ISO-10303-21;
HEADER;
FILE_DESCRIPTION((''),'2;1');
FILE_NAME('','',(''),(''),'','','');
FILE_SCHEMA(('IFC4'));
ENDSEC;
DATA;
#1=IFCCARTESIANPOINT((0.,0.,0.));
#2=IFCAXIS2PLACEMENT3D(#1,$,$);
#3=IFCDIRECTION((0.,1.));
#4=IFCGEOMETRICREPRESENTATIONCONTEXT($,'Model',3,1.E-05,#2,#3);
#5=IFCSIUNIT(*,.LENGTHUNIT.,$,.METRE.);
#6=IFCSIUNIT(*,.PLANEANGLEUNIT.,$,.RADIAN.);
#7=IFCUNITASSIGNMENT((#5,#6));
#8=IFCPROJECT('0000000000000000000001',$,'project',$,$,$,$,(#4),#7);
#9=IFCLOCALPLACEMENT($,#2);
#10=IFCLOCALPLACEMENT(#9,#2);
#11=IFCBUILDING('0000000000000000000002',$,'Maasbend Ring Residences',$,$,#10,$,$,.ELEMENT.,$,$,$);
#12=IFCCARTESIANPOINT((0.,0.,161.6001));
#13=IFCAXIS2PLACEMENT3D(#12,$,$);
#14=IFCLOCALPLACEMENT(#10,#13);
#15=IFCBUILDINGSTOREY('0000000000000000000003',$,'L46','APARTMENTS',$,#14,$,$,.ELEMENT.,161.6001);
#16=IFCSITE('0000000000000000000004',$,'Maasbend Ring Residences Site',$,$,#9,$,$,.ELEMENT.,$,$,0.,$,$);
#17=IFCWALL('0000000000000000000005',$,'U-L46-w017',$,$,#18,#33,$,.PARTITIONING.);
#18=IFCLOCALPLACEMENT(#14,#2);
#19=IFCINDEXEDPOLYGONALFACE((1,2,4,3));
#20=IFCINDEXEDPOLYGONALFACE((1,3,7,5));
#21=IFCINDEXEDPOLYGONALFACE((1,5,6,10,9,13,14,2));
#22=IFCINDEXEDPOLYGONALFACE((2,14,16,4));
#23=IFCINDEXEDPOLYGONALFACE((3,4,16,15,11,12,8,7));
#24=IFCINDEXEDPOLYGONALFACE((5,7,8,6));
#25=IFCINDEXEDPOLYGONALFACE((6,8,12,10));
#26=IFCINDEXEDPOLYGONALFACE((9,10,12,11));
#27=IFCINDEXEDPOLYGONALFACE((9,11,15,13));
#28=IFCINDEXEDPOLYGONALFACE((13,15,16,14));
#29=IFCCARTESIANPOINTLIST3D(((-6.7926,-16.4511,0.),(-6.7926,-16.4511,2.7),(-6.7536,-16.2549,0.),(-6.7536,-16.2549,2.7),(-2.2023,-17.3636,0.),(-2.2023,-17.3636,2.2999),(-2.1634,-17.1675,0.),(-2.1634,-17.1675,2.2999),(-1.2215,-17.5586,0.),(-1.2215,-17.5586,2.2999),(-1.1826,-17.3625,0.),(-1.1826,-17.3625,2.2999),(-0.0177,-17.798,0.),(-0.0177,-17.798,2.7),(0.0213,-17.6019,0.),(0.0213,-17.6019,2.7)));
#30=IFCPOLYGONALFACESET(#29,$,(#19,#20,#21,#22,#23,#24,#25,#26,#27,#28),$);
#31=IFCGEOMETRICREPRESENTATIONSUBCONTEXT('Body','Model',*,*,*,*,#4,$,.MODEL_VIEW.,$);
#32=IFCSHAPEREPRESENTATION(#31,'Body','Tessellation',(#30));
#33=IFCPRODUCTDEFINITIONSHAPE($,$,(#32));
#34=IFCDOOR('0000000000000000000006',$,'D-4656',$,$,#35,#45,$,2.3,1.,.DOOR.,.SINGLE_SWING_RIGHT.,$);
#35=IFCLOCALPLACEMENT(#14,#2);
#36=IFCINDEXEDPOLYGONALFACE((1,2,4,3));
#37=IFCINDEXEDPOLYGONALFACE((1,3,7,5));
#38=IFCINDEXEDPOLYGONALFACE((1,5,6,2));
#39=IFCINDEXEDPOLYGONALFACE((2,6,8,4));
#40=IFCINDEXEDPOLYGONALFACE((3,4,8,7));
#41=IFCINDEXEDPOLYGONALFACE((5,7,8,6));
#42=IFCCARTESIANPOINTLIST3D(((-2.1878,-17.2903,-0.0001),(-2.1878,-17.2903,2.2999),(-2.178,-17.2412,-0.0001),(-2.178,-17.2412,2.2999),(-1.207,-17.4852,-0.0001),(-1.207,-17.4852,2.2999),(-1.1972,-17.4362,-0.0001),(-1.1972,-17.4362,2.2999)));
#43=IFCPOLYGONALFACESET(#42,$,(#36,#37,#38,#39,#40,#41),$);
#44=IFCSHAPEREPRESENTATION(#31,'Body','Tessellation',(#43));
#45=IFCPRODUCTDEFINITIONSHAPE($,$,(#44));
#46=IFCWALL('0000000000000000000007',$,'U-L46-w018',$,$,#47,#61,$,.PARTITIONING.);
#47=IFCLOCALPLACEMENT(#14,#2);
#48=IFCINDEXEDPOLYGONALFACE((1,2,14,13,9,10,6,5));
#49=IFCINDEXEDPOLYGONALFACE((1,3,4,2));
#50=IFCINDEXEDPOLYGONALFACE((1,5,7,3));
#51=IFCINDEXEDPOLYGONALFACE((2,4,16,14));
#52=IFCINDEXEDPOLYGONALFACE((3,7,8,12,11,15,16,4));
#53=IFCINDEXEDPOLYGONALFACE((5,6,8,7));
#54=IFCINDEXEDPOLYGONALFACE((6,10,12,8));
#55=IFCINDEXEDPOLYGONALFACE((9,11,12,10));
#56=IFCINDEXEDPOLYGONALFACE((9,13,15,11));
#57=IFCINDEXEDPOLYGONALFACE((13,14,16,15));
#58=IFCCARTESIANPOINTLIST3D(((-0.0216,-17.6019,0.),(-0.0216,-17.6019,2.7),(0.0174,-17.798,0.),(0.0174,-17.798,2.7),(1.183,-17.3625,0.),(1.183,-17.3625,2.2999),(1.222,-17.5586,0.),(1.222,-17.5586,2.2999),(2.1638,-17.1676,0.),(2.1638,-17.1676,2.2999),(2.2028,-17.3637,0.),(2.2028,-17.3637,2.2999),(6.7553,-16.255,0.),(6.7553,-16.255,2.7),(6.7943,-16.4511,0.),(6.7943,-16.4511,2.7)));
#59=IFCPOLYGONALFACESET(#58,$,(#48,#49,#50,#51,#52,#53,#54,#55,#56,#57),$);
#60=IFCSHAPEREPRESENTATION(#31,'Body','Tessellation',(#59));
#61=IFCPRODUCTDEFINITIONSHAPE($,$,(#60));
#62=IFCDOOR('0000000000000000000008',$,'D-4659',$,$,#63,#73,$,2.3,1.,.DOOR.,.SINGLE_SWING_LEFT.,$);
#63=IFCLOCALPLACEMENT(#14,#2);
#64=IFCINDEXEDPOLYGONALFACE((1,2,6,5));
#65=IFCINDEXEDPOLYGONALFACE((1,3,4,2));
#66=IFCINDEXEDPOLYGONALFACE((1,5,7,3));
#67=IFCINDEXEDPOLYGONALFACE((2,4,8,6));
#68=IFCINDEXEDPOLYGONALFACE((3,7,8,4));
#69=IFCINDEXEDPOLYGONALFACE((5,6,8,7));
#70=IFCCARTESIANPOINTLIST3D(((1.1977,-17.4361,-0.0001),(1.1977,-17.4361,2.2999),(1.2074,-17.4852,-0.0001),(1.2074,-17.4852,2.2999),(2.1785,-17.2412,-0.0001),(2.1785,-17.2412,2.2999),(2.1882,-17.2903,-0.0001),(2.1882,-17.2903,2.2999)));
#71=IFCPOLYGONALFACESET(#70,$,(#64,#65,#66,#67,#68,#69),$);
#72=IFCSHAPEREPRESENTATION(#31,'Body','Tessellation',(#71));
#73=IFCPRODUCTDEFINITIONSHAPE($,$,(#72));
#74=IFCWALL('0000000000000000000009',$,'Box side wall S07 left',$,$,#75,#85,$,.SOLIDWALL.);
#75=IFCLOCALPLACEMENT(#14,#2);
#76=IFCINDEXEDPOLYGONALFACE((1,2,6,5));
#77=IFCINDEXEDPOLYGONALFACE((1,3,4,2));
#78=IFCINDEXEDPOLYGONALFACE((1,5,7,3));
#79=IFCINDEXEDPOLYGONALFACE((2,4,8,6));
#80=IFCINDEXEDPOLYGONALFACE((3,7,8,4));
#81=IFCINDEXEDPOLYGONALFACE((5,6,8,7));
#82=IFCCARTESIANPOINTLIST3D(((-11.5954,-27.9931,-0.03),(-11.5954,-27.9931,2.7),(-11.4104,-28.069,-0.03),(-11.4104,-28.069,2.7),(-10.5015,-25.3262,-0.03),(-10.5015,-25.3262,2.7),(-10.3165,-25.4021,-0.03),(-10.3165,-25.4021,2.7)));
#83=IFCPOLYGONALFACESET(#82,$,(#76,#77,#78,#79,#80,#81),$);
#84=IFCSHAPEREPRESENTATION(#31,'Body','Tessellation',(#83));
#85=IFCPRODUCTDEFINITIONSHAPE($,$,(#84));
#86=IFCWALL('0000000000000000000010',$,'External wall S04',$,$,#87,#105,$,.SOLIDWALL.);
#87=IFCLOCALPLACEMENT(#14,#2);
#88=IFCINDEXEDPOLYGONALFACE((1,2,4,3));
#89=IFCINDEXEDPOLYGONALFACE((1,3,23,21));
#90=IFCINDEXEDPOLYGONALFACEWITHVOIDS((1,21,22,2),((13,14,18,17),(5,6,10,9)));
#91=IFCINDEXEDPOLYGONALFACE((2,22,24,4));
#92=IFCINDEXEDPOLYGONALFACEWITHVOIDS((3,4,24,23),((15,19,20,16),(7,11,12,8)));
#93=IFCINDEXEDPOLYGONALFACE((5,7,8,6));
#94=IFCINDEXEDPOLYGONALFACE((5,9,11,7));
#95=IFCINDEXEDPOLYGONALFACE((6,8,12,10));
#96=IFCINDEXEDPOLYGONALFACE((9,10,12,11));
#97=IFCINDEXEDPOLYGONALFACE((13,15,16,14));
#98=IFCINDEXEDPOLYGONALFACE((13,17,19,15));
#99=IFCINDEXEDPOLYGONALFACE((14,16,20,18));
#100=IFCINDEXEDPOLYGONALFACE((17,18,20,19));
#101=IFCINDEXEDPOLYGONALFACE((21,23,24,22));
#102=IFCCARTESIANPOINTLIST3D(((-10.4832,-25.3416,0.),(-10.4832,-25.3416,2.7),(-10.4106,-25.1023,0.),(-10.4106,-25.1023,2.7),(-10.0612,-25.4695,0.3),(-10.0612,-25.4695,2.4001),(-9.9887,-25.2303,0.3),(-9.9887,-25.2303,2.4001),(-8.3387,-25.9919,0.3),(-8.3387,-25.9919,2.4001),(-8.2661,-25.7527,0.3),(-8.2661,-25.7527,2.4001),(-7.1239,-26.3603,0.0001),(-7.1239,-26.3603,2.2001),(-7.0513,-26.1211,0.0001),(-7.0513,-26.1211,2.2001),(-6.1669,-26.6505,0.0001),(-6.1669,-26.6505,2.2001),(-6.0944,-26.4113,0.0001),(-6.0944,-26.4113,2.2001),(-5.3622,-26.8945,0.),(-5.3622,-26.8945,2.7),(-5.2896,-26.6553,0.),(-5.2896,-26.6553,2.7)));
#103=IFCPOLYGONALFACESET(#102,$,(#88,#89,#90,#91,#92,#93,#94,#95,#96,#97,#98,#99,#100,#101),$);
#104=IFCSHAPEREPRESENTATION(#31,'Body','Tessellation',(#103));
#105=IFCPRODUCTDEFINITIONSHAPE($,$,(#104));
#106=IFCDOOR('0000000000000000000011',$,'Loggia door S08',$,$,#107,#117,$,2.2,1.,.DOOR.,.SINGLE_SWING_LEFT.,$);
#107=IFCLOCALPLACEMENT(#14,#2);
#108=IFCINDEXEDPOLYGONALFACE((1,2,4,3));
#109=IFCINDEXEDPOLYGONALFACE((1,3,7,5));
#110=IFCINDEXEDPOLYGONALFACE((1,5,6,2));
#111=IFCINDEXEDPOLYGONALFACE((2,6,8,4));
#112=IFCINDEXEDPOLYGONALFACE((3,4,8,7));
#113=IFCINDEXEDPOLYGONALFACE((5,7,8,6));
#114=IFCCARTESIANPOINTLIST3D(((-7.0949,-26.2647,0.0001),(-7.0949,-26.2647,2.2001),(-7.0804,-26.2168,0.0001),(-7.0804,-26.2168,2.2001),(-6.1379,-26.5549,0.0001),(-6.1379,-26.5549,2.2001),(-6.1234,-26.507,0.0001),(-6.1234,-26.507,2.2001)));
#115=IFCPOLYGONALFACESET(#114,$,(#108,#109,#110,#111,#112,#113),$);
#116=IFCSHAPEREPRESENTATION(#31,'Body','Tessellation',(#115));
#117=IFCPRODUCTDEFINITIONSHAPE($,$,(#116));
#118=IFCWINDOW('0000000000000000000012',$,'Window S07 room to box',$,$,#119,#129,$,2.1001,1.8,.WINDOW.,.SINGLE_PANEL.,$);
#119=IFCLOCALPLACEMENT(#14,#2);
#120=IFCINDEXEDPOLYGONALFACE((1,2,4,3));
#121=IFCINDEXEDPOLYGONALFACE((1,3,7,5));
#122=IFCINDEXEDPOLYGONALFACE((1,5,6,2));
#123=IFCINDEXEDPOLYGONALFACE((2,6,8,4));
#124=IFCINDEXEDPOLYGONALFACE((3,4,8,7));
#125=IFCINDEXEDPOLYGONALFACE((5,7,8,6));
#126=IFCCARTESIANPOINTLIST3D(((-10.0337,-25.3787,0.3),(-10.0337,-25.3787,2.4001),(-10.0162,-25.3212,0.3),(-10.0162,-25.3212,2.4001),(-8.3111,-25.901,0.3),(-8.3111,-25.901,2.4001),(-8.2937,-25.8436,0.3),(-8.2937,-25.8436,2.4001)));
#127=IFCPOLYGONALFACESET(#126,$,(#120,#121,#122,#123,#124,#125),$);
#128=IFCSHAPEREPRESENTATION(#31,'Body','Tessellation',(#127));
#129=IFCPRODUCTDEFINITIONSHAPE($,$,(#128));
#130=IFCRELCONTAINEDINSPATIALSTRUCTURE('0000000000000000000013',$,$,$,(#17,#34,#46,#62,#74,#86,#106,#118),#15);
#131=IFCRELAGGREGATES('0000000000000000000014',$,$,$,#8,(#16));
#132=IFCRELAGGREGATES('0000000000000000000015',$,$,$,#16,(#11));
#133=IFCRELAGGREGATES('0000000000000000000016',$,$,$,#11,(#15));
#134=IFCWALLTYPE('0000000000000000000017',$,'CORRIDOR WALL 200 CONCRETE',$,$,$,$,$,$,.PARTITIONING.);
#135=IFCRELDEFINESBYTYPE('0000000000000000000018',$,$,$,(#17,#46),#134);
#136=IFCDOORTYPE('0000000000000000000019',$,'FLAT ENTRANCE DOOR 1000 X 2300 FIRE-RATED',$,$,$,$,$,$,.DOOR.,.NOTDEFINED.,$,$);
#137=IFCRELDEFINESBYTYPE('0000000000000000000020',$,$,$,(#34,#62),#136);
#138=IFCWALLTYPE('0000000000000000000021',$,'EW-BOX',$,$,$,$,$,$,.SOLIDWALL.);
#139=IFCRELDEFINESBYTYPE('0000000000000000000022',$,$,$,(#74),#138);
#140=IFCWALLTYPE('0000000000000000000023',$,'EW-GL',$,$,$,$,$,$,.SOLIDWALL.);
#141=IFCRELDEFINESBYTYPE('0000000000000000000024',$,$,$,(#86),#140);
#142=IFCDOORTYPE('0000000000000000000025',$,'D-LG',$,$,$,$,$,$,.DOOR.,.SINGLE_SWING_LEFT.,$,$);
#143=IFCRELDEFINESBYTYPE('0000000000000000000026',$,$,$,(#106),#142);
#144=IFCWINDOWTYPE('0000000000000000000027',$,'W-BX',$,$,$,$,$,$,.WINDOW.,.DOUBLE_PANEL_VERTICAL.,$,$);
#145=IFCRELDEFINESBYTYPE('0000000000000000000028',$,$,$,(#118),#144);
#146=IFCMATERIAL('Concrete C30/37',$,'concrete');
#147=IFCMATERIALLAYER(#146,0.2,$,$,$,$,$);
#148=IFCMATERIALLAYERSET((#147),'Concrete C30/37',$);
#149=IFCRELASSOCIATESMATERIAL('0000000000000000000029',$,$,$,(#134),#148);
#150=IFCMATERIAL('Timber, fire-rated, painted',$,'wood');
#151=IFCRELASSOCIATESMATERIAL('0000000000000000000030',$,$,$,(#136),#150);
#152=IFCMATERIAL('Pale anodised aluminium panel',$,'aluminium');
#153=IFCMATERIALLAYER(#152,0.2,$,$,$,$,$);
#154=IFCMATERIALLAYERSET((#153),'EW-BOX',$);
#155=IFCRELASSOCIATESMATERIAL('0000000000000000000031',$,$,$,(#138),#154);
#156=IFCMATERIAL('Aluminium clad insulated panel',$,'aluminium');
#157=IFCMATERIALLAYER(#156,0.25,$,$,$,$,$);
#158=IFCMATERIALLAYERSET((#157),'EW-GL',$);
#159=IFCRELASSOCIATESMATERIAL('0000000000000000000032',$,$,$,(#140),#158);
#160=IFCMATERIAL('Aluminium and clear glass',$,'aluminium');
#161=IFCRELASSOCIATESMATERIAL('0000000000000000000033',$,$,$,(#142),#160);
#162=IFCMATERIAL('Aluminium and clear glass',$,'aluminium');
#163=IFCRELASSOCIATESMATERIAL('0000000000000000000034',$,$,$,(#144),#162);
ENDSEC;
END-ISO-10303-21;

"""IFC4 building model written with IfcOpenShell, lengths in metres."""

from ifc_helpers import new_model, si_unit, direction, frame, frame_2d, origin, place, context, subcontext, project, spatial, rectangle, extrude, material, layer, layer_set, type_object, element, fill, save


model = new_model("IFC4")

# Units and contexts
model_context = context("Model", 3, precision=1e-05, world=origin(), true_north=direction((0.0, 1.0)))
body_context = subcontext(model_context, "Body", "Model", "MODEL_VIEW")
ifc_project = project(units=[si_unit("LENGTHUNIT", "METRE"), si_unit("PLANEANGLEUNIT", "RADIAN")], contexts=[model_context])

# Site, building, storey
site_placement = place(None, origin())
site = spatial("IfcSite", under=ifc_project, at=site_placement, Name="Maasbend Ring Residences Site", CompositionType="ELEMENT", RefElevation=0.0)
building_placement = place(site_placement, origin())
building = spatial("IfcBuilding", under=site, at=building_placement, Name="Maasbend Ring Residences", CompositionType="ELEMENT")
storey_placement = place(building_placement, frame((0.0, 0.0, 161.6001)))
storey = spatial("IfcBuildingStorey", under=building, at=storey_placement, Name="L46", Description="APARTMENTS", CompositionType="ELEMENT", Elevation=161.6001)

# Walls, openings, doors
ifc_material_1 = material(Name="Concrete C30/37", Category="concrete")
ifc_layer_1 = layer(ifc_material_1, 0.2)
ifc_layer_set_1 = layer_set([ifc_layer_1], Name="Concrete C30/37")
wall_type_1 = type_object("IfcWallType", Name="CORRIDOR WALL 200 CONCRETE", PredefinedType="PARTITIONING", material=ifc_layer_set_1)
ifc_material_2 = material(Name="Timber, fire-rated, painted", Category="wood")
door_type_1 = type_object("IfcDoorType", Name="FLAT ENTRANCE DOOR 1000 X 2300 FIRE-RATED", OperationType="NOTDEFINED", PredefinedType="DOOR", material=ifc_material_2)
wall_1_placement = place(storey_placement, frame((-6.7729, -16.353, 0.0), z_axis=(0.0, 0.0, 1.0), x_axis=(0.980804, -0.194995, 0.0)))
wall_1 = element("IfcWall", 1, at=wall_1_placement, inside=storey, type_object=wall_type_1, Name="U-L46-w017", PredefinedType="PARTITIONING", context=body_context, shape_type="SweptSolid", body=[
    extrude(rectangle(XDim=6.9075, YDim=0.2, at=frame_2d((3.4536, 0.0))), origin(), (0.0, 0.0, 1.0), 2.7),
])
opening_1_placement = place(wall_1_placement, frame((4.6799, 0.0, 0.0)))
opening_1 = element("IfcOpeningElement", 2, at=opening_1_placement, cuts=wall_1, PredefinedType="OPENING", context=body_context, shape_type="SweptSolid", body=[
    extrude(rectangle(XDim=1.0, YDim=2.3, at=frame_2d((0.5, 1.1499))), frame((0.0, 0.1099, 0.0), z_axis=(0.0, -1.0, 0.0), x_axis=(1.0, 0.0, 0.0)), (0.0, 0.0, 1.0), 0.22),
])
door_1_placement = place(opening_1_placement, origin())
door_1 = element("IfcDoor", 3, at=door_1_placement, inside=storey, type_object=door_type_1, Name="D-4656", OperationType="SINGLE_SWING_RIGHT", OverallHeight=2.3, OverallWidth=1.0, PredefinedType="DOOR", context=body_context, shape_type="SweptSolid", body=[
    extrude(rectangle(XDim=1.0, YDim=2.3, at=frame_2d((0.5, 1.1499))), frame((0.0, 0.0249, 0.0), z_axis=(0.0, -1.0, 0.0), x_axis=(1.0, 0.0, 0.0)), (0.0, 0.0, 1.0), 0.05),
])
fill(opening_1, door_1)
wall_2_placement = place(storey_placement, frame((-0.002, -17.7, 0.0), z_axis=(0.0, 0.0, 1.0), x_axis=(0.980815, 0.19494, 0.0)))
wall_2 = element("IfcWall", 4, at=wall_2_placement, inside=storey, type_object=wall_type_1, Name="U-L46-w018", PredefinedType="PARTITIONING", context=body_context, shape_type="SweptSolid", body=[
    extrude(rectangle(XDim=6.9094, YDim=0.2, at=frame_2d((3.4546, 0.0))), origin(), (0.0, 0.0, 1.0), 2.7),
])
opening_2_placement = place(wall_2_placement, frame((1.228, 0.0, 0.0)))
opening_2 = element("IfcOpeningElement", 5, at=opening_2_placement, cuts=wall_2, PredefinedType="OPENING", context=body_context, shape_type="SweptSolid", body=[
    extrude(rectangle(XDim=1.0, YDim=2.3, at=frame_2d((0.5, 1.1499))), frame((0.0, 0.1099, 0.0), z_axis=(0.0, -1.0, 0.0), x_axis=(1.0, 0.0, 0.0)), (0.0, 0.0, 1.0), 0.22),
])
door_2_placement = place(opening_2_placement, origin())
door_2 = element("IfcDoor", 6, at=door_2_placement, inside=storey, type_object=door_type_1, Name="D-4659", OperationType="SINGLE_SWING_LEFT", OverallHeight=2.3, OverallWidth=1.0, PredefinedType="DOOR", context=body_context, shape_type="SweptSolid", body=[
    extrude(rectangle(XDim=1.0, YDim=2.3, at=frame_2d((0.5, 1.1499))), frame((0.0, 0.0249, 0.0), z_axis=(0.0, -1.0, 0.0), x_axis=(1.0, 0.0, 0.0)), (0.0, 0.0, 1.0), 0.05),
])
fill(opening_2, door_2)

# Wall
ifc_material_3 = material(Name="Pale anodised aluminium panel", Category="aluminium")
ifc_layer_2 = layer(ifc_material_3, 0.2)
ifc_layer_set_2 = layer_set([ifc_layer_2], Name="EW-BOX")
wall_type_2 = type_object("IfcWallType", Name="EW-BOX", PredefinedType="SOLIDWALL", material=ifc_layer_set_2)
wall_3_placement = place(storey_placement, frame((-10.4089, -25.364, -0.03), z_axis=(0.0, 0.0, 1.0), x_axis=(-0.37951, -0.925188, 0.0)))
element("IfcWall", 7, at=wall_3_placement, inside=storey, type_object=wall_type_2, Name="Box side wall S07 left", PredefinedType="SOLIDWALL", context=body_context, shape_type="SweptSolid", body=[
    extrude(rectangle(XDim=2.8826, YDim=0.2, at=frame_2d((1.4414, 0.0))), origin(), (0.0, 0.0, 1.0), 2.73),
])

# Wall, openings, door, window
ifc_material_4 = material(Name="Aluminium clad insulated panel", Category="aluminium")
ifc_layer_3 = layer(ifc_material_4, 0.25)
ifc_layer_set_3 = layer_set([ifc_layer_3], Name="EW-GL")
wall_type_3 = type_object("IfcWallType", Name="EW-GL", PredefinedType="SOLIDWALL", material=ifc_layer_set_3)
wall_4_placement = place(storey_placement, frame((-10.447, -25.2219, 0.0), z_axis=(0.0, 0.0, 1.0), x_axis=(0.956966, -0.290201, 0.0)))
wall_4 = element("IfcWall", 8, at=wall_4_placement, inside=storey, type_object=wall_type_3, Name="External wall S04", PredefinedType="SOLIDWALL", context=body_context, shape_type="SweptSolid", body=[
    extrude(rectangle(XDim=5.3513, YDim=0.25, at=frame_2d((2.6758, 0.0))), origin(), (0.0, 0.0, 1.0), 2.7),
])
opening_3_placement = place(wall_4_placement, frame((0.4412, 0.0, 0.3)))
opening_3 = element("IfcOpeningElement", 9, at=opening_3_placement, cuts=wall_4, PredefinedType="OPENING", context=body_context, shape_type="SweptSolid", body=[
    extrude(rectangle(XDim=1.8, YDim=2.1001, at=frame_2d((0.8999, 1.05))), frame((0.0, 0.135, 0.0), z_axis=(0.0, -1.0, 0.0), x_axis=(1.0, 0.0, 0.0)), (0.0, 0.0, 1.0), 0.27),
])
opening_4_placement = place(wall_4_placement, frame((3.5105, 0.0, 0.0)))
opening_4 = element("IfcOpeningElement", 10, at=opening_4_placement, cuts=wall_4, PredefinedType="OPENING", context=body_context, shape_type="SweptSolid", body=[
    extrude(rectangle(XDim=1.0, YDim=2.2, at=frame_2d((0.5, 1.1001))), frame((0.0, 0.135, 0.0), z_axis=(0.0, -1.0, 0.0), x_axis=(1.0, 0.0, 0.0)), (0.0, 0.0, 1.0), 0.27),
])
ifc_material_5 = material(Name="Aluminium and clear glass", Category="aluminium")
door_type_2 = type_object("IfcDoorType", Name="D-LG", OperationType="SINGLE_SWING_LEFT", PredefinedType="DOOR", material=ifc_material_5)
door_3_placement = place(opening_4_placement, origin())
door_3 = element("IfcDoor", 11, at=door_3_placement, inside=storey, type_object=door_type_2, Name="Loggia door S08", OperationType="SINGLE_SWING_LEFT", OverallHeight=2.2, OverallWidth=1.0, PredefinedType="DOOR", context=body_context, shape_type="SweptSolid", body=[
    extrude(rectangle(XDim=1.0, YDim=2.2, at=frame_2d((0.5, 1.1001))), frame((0.0, 0.0249, 0.0), z_axis=(0.0, -1.0, 0.0), x_axis=(1.0, 0.0, 0.0)), (0.0, 0.0, 1.0), 0.05),
])
fill(opening_4, door_3)
ifc_material_6 = material(Name="Aluminium and clear glass", Category="aluminium")
window_type = type_object("IfcWindowType", Name="W-BX", PartitioningType="DOUBLE_PANEL_VERTICAL", PredefinedType="WINDOW", material=ifc_material_6)
window_placement = place(opening_3_placement, origin())
window = element("IfcWindow", 12, at=window_placement, inside=storey, type_object=window_type, Name="Window S07 room to box", OverallHeight=2.1001, OverallWidth=1.8, PartitioningType="SINGLE_PANEL", PredefinedType="WINDOW", context=body_context, shape_type="SweptSolid", body=[
    extrude(rectangle(XDim=1.8, YDim=2.1001, at=frame_2d((0.8999, 1.05))), frame((0.0, 0.03, 0.0), z_axis=(0.0, -1.0, 0.0), x_axis=(1.0, 0.0, 0.0)), (0.0, 0.0, 1.0), 0.0601),
])
fill(opening_3, window)

save(model, "model.ifc")
